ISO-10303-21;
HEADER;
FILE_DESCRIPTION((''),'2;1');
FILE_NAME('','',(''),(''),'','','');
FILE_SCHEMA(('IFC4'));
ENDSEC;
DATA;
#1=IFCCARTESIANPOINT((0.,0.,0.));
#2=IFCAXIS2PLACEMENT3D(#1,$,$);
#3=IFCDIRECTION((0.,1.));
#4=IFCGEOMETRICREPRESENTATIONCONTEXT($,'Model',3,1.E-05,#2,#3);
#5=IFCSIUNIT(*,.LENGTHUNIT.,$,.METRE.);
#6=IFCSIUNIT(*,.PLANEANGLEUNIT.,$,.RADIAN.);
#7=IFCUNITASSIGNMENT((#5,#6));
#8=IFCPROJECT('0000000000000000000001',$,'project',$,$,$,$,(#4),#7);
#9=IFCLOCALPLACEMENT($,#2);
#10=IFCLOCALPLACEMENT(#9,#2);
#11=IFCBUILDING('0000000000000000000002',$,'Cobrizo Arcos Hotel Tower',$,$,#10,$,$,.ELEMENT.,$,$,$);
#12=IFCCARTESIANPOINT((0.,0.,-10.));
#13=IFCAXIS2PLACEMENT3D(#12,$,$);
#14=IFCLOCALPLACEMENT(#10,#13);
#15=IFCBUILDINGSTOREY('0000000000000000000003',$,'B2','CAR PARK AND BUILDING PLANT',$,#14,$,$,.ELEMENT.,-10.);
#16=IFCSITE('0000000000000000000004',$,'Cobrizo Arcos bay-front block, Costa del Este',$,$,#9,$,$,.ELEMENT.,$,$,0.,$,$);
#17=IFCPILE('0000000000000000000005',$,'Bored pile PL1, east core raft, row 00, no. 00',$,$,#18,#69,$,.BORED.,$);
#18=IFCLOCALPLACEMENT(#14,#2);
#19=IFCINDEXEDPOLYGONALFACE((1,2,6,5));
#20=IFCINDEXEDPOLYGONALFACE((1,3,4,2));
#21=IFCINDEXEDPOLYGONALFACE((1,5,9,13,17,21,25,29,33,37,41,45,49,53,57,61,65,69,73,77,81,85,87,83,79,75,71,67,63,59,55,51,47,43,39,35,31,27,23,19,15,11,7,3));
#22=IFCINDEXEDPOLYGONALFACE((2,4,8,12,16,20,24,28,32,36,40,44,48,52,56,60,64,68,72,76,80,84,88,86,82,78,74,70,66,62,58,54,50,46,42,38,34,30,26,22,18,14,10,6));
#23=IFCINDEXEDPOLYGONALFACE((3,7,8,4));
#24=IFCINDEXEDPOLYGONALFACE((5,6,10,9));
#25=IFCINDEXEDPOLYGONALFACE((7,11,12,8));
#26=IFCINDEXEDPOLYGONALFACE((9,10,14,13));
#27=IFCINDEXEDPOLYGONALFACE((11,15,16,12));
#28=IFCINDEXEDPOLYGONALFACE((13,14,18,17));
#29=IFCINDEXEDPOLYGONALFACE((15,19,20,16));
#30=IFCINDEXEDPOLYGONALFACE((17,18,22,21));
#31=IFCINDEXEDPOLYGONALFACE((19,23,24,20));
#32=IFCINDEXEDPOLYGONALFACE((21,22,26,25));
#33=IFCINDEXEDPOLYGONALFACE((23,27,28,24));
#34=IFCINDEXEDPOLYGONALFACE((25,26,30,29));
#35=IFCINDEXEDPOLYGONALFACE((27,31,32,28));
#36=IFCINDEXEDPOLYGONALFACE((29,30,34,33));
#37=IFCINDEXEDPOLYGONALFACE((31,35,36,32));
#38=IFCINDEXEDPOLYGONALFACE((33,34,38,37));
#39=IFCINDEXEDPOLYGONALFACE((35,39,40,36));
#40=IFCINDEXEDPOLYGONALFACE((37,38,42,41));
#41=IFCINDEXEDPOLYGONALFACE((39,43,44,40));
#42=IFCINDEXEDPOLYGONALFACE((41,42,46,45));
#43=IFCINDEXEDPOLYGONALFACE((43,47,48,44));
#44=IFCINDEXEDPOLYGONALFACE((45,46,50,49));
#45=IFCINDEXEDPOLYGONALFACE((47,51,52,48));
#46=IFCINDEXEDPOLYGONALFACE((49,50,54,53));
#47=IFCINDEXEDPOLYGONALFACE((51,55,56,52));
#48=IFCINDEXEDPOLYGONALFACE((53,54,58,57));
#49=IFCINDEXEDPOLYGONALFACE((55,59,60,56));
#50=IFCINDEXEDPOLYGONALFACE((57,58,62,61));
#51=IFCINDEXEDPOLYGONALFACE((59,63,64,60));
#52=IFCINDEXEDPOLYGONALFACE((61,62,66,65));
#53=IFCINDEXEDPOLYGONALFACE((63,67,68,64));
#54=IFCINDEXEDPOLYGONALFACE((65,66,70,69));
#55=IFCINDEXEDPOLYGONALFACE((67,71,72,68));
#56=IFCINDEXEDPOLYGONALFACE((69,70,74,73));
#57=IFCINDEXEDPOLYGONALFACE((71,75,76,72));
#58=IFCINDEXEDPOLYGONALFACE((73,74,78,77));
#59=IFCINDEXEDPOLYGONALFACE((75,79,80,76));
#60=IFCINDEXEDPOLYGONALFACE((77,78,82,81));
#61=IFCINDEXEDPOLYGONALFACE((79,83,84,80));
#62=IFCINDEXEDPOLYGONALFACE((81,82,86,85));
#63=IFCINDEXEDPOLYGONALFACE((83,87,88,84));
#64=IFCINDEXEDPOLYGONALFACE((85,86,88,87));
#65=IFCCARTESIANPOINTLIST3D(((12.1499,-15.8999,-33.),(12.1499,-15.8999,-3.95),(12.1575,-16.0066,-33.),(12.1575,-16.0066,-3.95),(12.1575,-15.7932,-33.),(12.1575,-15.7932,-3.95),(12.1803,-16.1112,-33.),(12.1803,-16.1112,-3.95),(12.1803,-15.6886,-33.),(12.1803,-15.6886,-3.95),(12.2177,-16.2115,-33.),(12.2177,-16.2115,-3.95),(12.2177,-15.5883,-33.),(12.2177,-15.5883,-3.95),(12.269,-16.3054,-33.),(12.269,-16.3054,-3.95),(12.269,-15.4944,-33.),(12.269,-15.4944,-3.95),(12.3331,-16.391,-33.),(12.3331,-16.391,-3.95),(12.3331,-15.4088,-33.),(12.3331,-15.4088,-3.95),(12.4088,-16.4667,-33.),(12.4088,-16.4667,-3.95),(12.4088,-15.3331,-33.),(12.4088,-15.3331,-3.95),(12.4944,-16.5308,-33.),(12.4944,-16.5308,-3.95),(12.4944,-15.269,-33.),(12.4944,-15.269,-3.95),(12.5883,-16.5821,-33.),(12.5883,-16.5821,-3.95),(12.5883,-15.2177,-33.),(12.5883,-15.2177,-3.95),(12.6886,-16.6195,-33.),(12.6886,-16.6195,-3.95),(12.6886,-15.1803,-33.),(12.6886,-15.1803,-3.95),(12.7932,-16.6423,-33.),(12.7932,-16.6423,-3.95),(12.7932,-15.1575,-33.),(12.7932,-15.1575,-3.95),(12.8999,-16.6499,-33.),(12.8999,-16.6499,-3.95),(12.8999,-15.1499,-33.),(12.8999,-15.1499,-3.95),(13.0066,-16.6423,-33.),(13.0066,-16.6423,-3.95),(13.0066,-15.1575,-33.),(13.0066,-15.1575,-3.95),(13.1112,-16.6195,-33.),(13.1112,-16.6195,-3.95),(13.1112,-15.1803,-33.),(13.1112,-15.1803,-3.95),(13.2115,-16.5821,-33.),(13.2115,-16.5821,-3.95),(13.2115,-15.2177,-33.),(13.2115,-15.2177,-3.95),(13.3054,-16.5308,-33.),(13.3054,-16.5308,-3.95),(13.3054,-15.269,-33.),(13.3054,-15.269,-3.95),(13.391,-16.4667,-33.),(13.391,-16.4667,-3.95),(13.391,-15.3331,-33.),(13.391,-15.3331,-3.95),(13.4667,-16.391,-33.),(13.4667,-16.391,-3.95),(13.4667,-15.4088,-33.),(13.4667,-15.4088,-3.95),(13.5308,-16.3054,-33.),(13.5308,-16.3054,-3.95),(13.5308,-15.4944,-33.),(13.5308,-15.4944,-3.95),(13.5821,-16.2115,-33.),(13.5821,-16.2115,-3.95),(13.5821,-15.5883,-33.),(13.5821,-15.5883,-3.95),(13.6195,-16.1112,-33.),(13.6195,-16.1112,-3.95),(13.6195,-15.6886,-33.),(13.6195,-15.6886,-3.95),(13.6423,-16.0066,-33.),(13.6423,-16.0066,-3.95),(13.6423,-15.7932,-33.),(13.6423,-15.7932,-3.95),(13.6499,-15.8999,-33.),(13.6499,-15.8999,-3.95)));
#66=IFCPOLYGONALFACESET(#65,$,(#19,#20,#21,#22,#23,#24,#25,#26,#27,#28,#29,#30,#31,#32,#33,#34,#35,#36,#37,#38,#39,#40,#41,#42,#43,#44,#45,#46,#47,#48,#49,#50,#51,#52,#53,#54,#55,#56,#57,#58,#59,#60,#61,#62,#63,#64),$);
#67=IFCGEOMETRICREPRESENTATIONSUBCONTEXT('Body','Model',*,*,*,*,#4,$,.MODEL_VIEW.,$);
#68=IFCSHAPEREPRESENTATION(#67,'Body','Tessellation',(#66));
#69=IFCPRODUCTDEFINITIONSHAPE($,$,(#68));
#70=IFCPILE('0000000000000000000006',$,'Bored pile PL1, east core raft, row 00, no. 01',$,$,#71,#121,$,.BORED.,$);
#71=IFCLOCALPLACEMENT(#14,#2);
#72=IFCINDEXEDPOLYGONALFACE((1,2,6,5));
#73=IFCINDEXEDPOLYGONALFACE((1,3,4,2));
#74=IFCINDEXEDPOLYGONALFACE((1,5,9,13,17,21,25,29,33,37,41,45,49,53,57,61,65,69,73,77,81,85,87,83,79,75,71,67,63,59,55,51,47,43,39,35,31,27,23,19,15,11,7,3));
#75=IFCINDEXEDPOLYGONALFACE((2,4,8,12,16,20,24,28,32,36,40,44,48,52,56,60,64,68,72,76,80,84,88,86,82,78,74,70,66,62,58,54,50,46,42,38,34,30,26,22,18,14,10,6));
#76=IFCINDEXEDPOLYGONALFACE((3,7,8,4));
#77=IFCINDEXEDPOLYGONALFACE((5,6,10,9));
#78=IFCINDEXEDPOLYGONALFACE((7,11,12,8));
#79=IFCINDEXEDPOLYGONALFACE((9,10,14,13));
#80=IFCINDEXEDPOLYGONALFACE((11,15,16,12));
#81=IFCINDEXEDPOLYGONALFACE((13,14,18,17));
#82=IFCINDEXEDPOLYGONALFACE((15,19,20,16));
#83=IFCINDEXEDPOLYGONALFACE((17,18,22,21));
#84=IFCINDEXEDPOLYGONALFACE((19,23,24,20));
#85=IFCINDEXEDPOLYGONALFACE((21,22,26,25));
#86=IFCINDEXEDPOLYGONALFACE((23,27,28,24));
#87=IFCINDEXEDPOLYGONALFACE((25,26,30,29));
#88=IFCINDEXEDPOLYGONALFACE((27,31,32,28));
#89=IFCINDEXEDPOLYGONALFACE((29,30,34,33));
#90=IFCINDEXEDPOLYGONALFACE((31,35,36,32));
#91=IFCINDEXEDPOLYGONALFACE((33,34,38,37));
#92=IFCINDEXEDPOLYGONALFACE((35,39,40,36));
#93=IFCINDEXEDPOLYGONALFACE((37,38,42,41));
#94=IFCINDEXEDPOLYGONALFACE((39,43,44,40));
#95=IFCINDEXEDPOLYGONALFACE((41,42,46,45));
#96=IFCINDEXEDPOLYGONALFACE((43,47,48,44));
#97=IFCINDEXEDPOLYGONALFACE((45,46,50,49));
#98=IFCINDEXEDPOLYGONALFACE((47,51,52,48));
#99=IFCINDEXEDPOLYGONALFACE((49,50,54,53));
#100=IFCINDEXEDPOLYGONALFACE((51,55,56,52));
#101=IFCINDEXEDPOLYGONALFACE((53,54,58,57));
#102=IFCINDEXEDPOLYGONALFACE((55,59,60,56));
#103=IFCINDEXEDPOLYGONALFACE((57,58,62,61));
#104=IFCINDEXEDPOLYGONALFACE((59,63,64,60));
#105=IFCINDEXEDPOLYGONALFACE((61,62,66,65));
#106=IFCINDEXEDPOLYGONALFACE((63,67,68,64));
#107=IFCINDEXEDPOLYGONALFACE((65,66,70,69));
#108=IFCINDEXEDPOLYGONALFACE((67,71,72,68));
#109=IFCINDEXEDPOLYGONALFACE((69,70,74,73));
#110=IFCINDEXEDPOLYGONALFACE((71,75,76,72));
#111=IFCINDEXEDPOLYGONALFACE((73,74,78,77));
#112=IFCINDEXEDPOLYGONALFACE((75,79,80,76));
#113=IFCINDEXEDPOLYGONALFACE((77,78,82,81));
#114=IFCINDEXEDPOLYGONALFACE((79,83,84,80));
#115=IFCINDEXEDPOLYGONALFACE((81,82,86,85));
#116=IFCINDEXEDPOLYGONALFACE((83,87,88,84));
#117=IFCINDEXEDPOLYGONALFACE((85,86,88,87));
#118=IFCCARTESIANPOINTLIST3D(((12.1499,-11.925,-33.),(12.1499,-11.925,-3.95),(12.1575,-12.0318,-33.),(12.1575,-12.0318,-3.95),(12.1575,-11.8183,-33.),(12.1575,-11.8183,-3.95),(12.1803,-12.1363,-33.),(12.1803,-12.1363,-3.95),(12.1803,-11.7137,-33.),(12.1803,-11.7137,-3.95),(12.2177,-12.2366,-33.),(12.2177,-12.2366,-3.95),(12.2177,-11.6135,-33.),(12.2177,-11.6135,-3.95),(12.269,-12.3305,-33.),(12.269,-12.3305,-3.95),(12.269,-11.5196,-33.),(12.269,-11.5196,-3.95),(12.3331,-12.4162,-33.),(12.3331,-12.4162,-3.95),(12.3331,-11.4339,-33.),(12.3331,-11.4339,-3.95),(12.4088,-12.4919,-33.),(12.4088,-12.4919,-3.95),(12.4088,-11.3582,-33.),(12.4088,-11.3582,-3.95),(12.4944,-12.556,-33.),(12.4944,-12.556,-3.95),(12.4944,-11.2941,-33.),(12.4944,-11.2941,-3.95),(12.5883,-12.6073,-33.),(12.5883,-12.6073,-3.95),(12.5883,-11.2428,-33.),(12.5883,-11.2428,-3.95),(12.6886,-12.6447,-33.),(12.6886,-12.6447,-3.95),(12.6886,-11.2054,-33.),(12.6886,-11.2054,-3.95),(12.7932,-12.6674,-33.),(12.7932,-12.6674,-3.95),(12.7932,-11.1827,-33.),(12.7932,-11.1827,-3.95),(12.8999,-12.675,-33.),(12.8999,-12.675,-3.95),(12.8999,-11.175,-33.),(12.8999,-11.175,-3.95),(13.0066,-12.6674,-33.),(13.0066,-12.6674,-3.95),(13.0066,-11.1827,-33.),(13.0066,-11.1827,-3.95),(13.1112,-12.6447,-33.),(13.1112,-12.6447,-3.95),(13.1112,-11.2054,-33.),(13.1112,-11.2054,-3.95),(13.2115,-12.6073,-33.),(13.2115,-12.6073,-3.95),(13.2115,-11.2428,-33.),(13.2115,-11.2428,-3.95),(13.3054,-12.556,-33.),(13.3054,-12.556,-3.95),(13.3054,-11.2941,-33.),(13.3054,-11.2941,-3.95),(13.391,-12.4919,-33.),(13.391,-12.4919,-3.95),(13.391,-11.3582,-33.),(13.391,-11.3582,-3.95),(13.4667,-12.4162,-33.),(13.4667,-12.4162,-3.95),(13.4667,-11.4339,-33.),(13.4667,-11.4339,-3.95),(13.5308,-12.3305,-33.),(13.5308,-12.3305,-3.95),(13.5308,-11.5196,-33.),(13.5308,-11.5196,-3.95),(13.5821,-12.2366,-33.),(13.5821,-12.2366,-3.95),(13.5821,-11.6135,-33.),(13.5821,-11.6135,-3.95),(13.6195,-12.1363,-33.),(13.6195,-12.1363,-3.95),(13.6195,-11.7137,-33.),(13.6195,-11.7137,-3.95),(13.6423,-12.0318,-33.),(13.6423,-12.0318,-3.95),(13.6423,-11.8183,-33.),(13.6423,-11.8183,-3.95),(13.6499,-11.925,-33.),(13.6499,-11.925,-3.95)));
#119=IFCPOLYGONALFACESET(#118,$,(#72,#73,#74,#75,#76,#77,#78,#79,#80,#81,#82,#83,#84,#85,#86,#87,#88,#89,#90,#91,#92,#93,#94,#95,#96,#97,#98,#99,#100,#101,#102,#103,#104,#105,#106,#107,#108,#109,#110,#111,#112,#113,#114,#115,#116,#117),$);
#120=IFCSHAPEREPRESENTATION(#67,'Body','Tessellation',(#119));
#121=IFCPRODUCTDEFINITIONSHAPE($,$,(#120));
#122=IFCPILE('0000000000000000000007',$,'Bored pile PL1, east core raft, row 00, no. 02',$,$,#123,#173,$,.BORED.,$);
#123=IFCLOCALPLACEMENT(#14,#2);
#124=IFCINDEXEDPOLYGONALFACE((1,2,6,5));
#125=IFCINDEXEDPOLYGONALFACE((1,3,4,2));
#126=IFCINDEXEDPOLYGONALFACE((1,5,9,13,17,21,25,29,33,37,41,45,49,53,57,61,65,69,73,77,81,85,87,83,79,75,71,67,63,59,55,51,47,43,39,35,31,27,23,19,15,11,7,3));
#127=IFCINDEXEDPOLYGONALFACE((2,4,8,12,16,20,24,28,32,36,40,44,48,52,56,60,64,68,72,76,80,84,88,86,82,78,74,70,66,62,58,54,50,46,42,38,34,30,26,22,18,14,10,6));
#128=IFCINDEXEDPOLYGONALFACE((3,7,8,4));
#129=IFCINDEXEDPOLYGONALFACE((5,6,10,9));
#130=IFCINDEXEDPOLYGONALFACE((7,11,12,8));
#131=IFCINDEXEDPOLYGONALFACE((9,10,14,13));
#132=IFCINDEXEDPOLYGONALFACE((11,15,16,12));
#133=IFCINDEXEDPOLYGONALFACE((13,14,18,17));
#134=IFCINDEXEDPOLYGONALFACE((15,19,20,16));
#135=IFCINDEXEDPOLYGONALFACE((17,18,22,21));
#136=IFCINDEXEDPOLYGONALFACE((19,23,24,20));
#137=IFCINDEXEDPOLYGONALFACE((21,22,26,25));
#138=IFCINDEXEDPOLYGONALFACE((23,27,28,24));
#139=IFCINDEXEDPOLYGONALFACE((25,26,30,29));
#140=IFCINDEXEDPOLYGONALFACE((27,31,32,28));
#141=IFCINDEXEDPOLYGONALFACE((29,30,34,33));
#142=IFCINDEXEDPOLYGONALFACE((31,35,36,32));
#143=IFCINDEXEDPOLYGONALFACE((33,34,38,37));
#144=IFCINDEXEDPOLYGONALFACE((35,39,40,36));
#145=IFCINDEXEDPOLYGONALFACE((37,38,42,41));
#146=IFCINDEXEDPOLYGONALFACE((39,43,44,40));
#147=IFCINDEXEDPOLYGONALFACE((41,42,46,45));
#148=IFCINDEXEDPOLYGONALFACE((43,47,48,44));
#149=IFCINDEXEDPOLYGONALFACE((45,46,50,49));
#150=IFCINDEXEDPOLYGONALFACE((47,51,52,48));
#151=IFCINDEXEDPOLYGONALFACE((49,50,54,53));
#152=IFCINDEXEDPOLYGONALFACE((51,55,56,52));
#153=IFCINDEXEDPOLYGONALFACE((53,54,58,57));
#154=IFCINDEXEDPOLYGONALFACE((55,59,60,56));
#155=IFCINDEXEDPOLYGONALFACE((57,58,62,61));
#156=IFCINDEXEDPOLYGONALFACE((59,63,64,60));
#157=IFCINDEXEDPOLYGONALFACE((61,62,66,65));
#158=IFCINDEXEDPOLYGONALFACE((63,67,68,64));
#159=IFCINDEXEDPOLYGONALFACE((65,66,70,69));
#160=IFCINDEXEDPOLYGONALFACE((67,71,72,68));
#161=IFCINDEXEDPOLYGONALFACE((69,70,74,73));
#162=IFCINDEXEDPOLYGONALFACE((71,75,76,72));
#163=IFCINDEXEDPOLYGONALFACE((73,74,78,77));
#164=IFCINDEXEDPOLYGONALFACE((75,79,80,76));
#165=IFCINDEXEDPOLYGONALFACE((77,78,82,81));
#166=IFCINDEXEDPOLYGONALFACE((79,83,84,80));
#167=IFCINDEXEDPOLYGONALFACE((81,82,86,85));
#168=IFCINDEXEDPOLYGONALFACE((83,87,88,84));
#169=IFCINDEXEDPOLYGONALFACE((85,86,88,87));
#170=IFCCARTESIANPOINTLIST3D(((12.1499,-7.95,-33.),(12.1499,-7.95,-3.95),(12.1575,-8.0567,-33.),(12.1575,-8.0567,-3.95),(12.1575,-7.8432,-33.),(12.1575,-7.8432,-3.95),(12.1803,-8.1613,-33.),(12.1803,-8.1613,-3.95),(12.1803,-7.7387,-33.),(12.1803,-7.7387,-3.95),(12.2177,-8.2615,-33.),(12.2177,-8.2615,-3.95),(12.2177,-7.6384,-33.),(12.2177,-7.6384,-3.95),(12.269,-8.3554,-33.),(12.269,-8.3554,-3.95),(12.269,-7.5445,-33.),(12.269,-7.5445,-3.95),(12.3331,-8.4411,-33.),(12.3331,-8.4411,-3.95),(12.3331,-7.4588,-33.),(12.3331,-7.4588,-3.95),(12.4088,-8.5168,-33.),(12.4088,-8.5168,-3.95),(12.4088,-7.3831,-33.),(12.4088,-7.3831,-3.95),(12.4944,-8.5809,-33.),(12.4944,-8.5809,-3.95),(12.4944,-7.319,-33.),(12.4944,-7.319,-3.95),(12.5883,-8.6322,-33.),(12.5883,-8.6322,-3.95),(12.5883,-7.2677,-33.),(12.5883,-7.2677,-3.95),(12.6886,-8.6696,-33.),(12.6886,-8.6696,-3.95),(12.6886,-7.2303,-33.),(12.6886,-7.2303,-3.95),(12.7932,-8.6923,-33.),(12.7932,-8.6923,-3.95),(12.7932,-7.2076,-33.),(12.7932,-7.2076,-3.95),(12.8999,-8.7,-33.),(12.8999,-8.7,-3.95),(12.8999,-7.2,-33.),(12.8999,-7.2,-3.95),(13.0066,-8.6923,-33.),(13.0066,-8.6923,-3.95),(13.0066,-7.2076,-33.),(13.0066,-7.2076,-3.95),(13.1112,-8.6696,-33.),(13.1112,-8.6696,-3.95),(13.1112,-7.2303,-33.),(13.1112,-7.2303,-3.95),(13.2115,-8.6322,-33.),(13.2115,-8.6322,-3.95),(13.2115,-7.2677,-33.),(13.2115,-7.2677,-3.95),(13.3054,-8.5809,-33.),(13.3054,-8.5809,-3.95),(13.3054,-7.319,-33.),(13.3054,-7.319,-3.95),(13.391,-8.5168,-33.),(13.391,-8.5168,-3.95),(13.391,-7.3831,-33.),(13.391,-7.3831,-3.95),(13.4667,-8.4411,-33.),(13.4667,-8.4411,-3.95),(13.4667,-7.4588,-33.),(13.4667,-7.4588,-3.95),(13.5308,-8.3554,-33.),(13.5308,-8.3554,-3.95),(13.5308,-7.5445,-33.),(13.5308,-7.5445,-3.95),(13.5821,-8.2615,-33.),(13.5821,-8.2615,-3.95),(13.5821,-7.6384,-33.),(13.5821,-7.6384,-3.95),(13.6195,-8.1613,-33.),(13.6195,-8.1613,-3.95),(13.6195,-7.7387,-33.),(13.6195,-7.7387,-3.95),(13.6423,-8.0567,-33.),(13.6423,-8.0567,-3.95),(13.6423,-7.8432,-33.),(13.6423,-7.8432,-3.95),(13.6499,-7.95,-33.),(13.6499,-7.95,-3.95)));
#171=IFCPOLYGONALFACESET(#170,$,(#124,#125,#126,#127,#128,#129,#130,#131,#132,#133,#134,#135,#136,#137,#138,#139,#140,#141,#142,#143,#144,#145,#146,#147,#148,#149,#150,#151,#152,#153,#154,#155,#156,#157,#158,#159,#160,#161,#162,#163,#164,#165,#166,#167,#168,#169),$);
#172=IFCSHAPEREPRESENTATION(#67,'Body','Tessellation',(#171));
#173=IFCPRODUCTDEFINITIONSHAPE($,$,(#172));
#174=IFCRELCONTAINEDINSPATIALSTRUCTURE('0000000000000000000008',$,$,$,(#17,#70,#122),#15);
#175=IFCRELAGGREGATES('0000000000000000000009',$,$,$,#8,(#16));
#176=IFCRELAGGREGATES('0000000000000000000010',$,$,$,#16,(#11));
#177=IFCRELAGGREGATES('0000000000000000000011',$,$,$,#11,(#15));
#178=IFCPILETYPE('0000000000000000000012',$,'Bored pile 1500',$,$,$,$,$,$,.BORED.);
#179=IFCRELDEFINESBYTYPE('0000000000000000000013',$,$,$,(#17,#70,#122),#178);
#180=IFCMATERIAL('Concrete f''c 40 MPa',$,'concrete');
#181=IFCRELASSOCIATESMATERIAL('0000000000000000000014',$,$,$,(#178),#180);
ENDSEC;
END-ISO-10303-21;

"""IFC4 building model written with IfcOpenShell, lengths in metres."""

from ifc_helpers import new_model, si_unit, direction, frame, origin, origin_2d, place, context, subcontext, project, spatial, circle, extrude, material, material_profile, profile_set, type_object, element, save


model = new_model("IFC4")

# Units and contexts
model_context = context("Model", 3, precision=1e-05, world=origin(), true_north=direction((0.0, 1.0)))
body_context = subcontext(model_context, "Body", "Model", "MODEL_VIEW")
ifc_project = project(units=[si_unit("LENGTHUNIT", "METRE"), si_unit("PLANEANGLEUNIT", "RADIAN")], contexts=[model_context])

# Site, building, storey
site_placement = place(None, origin())
site = spatial("IfcSite", under=ifc_project, at=site_placement, Name="Cobrizo Arcos bay-front block, Costa del Este", CompositionType="ELEMENT", RefElevation=0.0)
building_placement = place(site_placement, origin())
building = spatial("IfcBuilding", under=site, at=building_placement, Name="Cobrizo Arcos Hotel Tower", CompositionType="ELEMENT")
storey_placement = place(building_placement, frame((0.0, 0.0, -10.0)))
storey = spatial("IfcBuildingStorey", under=building, at=storey_placement, Name="B2", Description="CAR PARK AND BUILDING PLANT", CompositionType="ELEMENT", Elevation=-10.0)

# Piles
ifc_material_1 = material(Name="Concrete f'c 40 MPa", Category="concrete")
ifc_material_profile_1 = material_profile(ifc_material_1, circle(Radius=0.75, at=origin_2d()), Name="BORED PILE 1500")
ifc_profile_set_1 = profile_set([ifc_material_profile_1], Name="Concrete f'c 40 MPa")
pile_type = type_object("IfcPileType", Name="Bored pile 1500", PredefinedType="BORED", material=ifc_profile_set_1)
for number, where, z_axis, x_axis, name in (
    (1, (12.8999, -15.8999, -3.95), (0.0, 0.0, -1.0), (1.0, 0.0, 0.0), "Bored pile PL1, east core raft, row 00, no. 00"),
    (2, (12.8999, -11.925, -3.95), (0.0, 0.0, -1.0), (1.0, 0.0, 0.0), "Bored pile PL1, east core raft, row 00, no. 01"),
    (3, (12.8999, -7.95, -3.95), (0.0, 0.0, -1.0), (1.0, 0.0, 0.0), "Bored pile PL1, east core raft, row 00, no. 02"),
):
    element("IfcPile", number, at=place(storey_placement, frame(where, z_axis=z_axis, x_axis=x_axis)), inside=storey, type_object=pile_type, Name=name, PredefinedType="BORED", context=body_context, shape_type="SweptSolid", body=[
        extrude(circle(Radius=0.75, at=origin_2d()), origin(), (0.0, 0.0, 1.0), 29.05),
    ])

save(model, "model.ifc")
